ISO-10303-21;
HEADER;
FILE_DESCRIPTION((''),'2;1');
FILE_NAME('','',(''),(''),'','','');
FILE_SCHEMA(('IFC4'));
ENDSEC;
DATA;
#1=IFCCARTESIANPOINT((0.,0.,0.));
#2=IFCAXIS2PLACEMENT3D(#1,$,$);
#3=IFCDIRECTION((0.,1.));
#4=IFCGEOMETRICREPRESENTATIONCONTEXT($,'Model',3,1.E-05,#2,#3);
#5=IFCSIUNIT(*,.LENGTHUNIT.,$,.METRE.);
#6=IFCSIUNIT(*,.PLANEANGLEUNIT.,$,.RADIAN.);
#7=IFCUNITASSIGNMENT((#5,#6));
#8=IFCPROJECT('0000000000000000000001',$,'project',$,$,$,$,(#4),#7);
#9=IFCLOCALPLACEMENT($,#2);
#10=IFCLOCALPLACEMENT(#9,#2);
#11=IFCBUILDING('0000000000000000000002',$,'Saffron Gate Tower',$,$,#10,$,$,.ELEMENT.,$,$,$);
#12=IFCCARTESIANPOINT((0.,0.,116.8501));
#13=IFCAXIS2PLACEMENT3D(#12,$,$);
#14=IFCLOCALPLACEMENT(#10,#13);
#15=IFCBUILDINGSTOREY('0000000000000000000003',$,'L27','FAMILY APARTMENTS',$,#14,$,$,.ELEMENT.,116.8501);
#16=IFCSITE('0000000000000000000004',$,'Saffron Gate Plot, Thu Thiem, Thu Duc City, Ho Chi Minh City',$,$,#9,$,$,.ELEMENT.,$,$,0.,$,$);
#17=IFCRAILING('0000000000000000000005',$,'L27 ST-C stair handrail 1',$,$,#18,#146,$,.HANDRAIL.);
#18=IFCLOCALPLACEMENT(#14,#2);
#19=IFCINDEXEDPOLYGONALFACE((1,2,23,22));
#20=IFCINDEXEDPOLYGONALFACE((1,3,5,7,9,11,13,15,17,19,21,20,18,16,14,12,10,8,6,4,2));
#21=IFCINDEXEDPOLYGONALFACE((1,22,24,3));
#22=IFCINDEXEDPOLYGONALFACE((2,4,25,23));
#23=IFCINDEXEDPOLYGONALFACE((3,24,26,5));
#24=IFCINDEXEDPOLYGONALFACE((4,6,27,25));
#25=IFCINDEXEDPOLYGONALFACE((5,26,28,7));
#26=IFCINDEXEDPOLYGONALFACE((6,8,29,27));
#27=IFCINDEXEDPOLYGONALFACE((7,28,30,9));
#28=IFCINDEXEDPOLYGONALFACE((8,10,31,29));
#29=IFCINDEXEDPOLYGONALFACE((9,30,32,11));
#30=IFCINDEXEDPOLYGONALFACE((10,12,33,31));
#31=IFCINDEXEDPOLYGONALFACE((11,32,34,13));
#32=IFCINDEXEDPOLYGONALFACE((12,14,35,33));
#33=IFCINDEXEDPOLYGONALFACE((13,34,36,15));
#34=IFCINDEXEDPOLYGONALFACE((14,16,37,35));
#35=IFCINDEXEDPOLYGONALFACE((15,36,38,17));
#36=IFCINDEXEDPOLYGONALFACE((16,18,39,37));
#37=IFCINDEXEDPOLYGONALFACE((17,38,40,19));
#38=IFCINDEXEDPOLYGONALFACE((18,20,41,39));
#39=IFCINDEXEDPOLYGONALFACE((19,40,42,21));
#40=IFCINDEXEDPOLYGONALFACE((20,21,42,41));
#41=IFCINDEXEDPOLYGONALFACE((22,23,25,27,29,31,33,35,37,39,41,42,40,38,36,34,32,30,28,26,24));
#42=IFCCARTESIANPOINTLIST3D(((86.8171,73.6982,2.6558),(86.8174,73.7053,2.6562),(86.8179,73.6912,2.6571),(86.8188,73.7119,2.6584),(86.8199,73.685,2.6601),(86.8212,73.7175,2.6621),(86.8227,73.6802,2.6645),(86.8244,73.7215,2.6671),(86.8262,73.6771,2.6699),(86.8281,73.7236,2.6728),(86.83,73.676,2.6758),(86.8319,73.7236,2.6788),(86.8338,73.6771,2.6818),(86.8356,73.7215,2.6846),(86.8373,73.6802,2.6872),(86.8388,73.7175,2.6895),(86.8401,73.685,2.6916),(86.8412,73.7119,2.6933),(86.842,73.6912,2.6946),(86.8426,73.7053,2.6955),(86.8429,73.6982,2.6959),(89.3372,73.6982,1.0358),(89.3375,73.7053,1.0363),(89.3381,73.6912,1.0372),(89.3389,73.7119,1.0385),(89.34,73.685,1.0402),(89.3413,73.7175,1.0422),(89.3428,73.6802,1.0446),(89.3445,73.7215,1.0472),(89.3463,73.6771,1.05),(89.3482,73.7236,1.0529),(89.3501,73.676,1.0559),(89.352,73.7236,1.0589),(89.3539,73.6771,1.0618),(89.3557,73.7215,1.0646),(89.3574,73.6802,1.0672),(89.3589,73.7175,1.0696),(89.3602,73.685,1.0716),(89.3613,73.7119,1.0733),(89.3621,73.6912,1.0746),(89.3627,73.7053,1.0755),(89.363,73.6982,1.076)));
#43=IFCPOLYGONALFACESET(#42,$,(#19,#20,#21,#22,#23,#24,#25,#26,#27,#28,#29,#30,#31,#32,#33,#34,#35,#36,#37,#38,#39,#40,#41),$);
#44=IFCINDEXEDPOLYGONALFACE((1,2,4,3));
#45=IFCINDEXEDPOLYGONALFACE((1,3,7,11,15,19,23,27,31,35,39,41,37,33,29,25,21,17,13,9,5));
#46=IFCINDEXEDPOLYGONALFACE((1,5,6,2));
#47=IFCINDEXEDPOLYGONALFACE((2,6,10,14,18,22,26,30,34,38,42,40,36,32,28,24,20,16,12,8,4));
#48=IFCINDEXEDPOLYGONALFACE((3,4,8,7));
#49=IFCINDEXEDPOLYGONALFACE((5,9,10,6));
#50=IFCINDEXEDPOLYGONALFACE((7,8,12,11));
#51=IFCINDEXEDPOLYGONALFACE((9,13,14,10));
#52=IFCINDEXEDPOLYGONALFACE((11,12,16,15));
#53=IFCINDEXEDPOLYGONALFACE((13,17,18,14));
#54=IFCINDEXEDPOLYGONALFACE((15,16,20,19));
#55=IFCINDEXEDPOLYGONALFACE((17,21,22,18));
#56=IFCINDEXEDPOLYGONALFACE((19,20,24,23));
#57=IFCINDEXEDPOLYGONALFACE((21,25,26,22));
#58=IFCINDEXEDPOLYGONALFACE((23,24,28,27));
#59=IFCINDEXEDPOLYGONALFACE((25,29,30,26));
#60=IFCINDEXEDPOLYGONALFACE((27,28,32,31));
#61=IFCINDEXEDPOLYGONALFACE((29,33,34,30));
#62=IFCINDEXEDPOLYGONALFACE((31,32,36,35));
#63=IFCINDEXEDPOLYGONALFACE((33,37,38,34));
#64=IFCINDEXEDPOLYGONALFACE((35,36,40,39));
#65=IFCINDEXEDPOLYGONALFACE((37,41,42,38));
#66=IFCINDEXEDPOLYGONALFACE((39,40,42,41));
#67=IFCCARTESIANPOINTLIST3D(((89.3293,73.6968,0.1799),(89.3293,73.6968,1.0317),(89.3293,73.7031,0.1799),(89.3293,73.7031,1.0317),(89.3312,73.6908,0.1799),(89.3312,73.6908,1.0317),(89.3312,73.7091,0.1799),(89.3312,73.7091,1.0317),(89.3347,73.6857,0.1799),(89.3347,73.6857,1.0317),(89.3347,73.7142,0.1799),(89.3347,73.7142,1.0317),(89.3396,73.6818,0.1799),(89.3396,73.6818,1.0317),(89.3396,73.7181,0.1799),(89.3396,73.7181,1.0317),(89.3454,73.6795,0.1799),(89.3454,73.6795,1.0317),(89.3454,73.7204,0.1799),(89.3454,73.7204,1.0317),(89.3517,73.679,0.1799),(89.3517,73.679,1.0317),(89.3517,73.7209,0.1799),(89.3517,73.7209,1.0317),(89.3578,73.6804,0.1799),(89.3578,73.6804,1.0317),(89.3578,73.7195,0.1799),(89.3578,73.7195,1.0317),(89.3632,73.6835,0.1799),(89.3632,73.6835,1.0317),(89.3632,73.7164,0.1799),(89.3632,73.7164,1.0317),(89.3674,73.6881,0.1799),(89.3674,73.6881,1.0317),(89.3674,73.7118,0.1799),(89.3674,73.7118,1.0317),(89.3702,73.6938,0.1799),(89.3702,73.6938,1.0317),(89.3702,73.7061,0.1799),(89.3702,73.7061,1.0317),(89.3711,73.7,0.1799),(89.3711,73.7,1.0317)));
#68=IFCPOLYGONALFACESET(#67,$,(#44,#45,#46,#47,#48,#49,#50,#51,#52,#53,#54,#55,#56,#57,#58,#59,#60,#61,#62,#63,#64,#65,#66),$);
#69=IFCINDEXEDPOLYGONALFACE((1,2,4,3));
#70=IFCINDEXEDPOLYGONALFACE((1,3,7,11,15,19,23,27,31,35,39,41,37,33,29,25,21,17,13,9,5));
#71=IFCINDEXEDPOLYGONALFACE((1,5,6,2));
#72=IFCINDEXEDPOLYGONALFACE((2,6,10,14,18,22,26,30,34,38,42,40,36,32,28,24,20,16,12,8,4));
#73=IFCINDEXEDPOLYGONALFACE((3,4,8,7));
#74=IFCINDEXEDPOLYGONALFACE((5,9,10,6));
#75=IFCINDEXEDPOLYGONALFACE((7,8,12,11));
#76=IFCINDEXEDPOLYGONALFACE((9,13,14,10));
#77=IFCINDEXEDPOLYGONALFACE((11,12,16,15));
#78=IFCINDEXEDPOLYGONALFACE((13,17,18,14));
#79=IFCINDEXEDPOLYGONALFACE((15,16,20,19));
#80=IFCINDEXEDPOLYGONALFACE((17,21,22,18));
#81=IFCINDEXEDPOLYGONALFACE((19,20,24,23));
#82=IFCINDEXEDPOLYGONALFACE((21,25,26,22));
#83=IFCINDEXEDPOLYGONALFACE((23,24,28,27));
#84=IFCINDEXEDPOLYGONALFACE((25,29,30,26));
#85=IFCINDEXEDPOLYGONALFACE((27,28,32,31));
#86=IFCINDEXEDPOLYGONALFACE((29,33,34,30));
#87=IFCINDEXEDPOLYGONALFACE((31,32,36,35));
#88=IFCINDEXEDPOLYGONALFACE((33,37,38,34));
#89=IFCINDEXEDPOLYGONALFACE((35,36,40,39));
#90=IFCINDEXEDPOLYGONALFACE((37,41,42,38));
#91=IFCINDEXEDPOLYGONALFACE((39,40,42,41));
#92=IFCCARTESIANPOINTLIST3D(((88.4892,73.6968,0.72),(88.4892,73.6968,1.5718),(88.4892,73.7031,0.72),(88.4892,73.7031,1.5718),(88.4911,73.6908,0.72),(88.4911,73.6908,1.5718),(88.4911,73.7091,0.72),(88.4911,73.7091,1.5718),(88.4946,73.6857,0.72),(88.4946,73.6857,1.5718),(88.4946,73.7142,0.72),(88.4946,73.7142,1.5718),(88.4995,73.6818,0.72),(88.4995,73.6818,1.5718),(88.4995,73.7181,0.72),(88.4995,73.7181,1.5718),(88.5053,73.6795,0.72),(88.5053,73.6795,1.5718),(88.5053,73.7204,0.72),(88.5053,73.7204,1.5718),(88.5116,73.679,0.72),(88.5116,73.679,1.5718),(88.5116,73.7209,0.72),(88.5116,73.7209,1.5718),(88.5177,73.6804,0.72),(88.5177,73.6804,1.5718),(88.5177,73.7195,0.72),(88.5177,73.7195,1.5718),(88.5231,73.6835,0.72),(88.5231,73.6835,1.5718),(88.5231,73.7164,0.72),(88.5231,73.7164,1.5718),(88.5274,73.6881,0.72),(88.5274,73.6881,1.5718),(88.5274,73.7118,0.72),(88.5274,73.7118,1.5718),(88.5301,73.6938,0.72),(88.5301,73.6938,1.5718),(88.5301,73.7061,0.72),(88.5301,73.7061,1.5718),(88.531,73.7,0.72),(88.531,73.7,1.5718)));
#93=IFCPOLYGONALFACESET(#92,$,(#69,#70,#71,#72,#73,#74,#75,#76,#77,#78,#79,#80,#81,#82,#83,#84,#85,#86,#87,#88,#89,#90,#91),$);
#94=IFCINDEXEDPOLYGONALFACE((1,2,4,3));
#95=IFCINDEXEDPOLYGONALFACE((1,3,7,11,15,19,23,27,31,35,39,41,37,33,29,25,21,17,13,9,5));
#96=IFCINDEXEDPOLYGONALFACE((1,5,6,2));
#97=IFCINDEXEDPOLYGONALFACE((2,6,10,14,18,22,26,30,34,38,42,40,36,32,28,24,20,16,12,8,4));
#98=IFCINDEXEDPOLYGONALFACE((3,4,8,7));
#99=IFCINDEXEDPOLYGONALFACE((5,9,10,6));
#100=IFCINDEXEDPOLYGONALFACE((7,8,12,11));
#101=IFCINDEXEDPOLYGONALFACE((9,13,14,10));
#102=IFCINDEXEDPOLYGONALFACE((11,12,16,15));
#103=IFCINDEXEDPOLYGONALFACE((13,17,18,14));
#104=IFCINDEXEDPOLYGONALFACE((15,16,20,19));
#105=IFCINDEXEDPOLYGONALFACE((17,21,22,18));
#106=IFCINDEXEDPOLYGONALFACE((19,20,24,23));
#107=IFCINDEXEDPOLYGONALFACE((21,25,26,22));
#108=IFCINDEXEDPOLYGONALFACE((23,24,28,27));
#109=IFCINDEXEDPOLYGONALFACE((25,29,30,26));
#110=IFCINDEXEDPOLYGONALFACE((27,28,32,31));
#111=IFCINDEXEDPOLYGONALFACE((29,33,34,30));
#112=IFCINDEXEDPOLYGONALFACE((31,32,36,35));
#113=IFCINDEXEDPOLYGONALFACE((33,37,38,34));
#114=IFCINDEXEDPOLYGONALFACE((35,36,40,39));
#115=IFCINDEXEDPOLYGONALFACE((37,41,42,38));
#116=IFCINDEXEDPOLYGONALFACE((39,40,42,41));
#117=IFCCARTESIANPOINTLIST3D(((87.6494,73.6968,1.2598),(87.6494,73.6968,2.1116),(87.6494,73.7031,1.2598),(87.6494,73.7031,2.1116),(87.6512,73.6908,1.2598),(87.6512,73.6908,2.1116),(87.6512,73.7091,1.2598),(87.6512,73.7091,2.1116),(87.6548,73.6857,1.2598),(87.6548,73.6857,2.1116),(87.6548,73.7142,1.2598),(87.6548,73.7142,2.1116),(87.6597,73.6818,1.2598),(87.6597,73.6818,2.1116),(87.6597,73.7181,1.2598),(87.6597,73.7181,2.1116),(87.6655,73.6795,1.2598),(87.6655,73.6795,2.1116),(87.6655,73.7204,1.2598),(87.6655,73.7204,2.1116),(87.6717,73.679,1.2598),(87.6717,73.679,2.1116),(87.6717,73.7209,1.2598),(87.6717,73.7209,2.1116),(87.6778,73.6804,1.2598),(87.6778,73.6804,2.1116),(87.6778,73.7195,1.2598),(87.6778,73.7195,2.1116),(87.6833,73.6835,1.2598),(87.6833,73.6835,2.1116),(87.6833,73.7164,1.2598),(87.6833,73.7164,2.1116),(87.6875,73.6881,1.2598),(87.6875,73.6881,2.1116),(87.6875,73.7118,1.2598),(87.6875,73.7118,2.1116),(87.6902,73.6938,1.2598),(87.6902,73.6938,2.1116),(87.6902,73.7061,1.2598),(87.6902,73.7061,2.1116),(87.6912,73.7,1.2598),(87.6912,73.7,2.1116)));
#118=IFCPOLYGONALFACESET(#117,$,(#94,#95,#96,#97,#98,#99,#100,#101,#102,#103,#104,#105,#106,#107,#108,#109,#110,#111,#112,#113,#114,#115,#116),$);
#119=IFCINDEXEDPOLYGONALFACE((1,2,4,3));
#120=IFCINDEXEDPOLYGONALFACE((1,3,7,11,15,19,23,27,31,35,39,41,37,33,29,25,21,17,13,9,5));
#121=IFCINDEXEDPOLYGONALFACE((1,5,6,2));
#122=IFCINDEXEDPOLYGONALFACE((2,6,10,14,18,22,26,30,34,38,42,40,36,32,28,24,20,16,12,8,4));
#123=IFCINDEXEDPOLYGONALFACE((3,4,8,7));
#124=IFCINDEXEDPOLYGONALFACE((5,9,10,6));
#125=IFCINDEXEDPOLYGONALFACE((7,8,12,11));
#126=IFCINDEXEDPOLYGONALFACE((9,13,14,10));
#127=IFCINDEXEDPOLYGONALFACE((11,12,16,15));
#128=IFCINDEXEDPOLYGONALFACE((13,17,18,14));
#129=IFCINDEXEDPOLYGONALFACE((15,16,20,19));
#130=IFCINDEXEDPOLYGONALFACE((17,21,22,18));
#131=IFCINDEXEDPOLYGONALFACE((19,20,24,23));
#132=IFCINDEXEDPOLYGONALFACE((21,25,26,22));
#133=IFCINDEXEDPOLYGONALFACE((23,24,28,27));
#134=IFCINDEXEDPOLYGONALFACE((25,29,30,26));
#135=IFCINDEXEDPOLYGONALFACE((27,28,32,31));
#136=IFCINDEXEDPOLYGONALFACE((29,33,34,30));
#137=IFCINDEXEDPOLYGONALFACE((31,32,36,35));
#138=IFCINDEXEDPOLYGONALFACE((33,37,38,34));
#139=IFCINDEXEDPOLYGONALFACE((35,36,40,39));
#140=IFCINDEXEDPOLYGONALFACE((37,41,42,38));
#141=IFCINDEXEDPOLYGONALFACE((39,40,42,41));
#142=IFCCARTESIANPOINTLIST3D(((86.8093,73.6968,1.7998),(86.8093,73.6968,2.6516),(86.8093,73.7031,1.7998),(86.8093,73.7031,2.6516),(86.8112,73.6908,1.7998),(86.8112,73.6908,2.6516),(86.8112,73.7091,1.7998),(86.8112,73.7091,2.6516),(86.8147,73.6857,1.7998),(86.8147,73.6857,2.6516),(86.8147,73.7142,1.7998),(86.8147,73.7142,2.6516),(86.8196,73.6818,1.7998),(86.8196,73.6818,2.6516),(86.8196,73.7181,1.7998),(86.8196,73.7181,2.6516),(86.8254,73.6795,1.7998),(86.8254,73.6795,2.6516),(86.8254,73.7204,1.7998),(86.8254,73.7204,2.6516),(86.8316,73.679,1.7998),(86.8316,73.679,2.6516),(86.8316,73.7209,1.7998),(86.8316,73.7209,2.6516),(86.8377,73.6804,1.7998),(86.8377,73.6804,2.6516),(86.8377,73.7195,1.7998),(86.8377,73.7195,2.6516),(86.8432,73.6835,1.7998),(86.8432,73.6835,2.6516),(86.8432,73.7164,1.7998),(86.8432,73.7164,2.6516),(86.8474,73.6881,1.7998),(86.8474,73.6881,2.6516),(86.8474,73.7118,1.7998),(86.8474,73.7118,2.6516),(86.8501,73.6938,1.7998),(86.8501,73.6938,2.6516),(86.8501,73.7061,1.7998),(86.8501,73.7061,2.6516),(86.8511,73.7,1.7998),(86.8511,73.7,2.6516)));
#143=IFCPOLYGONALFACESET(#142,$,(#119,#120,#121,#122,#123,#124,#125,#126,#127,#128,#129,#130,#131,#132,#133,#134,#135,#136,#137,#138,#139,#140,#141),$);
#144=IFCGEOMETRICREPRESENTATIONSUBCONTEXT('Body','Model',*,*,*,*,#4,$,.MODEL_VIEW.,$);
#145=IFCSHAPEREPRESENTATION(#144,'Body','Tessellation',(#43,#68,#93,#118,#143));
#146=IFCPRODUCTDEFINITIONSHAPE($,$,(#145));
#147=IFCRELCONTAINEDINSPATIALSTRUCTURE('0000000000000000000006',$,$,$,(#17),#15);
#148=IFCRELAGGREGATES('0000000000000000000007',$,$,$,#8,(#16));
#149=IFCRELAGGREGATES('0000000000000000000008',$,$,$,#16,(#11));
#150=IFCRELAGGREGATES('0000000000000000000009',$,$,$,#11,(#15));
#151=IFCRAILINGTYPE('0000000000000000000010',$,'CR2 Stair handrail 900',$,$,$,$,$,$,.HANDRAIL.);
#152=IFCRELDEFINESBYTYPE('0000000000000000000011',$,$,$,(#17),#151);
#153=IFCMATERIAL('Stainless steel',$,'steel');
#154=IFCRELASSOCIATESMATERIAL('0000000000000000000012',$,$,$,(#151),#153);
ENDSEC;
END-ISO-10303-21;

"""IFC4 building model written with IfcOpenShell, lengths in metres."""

from ifc_helpers import new_model, si_unit, direction, frame, origin, origin_2d, place, context, subcontext, project, spatial, circle, extrude, material, type_object, element, save


model = new_model("IFC4")

# Units and contexts
model_context = context("Model", 3, precision=1e-05, world=origin(), true_north=direction((0.0, 1.0)))
body_context = subcontext(model_context, "Body", "Model", "MODEL_VIEW")
ifc_project = project(units=[si_unit("LENGTHUNIT", "METRE"), si_unit("PLANEANGLEUNIT", "RADIAN")], contexts=[model_context])

# Site, building, storey
site_placement = place(None, origin())
site = spatial("IfcSite", under=ifc_project, at=site_placement, Name="Saffron Gate Plot, Thu Thiem, Thu Duc City, Ho Chi Minh City", CompositionType="ELEMENT", RefElevation=0.0)
building_placement = place(site_placement, origin())
building = spatial("IfcBuilding", under=site, at=building_placement, Name="Saffron Gate Tower", CompositionType="ELEMENT")
storey_placement = place(building_placement, frame((0.0, 0.0, 116.8501)))
storey = spatial("IfcBuildingStorey", under=building, at=storey_placement, Name="L27", Description="FAMILY APARTMENTS", CompositionType="ELEMENT", Elevation=116.8501)

# Railing
ifc_material_1 = material(Name="Stainless steel", Category="steel")
railing_type_1 = type_object("IfcRailingType", Name="CR2 Stair handrail 900", PredefinedType="HANDRAIL", material=ifc_material_1)
railing_1_placement = place(storey_placement, frame((89.3501, 73.7, 0.1799)))
element("IfcRailing", 1, at=railing_1_placement, inside=storey, type_object=railing_type_1, Name="L27 ST-C stair handrail 1", PredefinedType="HANDRAIL", context=body_context, shape_type="SweptSolid", body=[
    extrude(circle(Radius=0.0239, at=origin_2d()), frame((0.0, 0.0, 0.876), z_axis=(-0.8412, 0.0, 0.540725), x_axis=(0.0, -1.0, 0.0)), (0.0, 0.0, 1.0), 2.9958),
    extrude(circle(Radius=0.021, at=origin_2d()), origin(), (0.0, 0.0, 1.0), 0.8518),
    extrude(circle(Radius=0.021, at=origin_2d()), frame((-0.8401, 0.0, 0.54)), (0.0, 0.0, 1.0), 0.8518),
    extrude(circle(Radius=0.021, at=origin_2d()), frame((-1.6799, 0.0, 1.0798)), (0.0, 0.0, 1.0), 0.8518),
    extrude(circle(Radius=0.021, at=origin_2d()), frame((-2.52, 0.0, 1.6199)), (0.0, 0.0, 1.0), 0.8518),
])

save(model, "model.ifc")
